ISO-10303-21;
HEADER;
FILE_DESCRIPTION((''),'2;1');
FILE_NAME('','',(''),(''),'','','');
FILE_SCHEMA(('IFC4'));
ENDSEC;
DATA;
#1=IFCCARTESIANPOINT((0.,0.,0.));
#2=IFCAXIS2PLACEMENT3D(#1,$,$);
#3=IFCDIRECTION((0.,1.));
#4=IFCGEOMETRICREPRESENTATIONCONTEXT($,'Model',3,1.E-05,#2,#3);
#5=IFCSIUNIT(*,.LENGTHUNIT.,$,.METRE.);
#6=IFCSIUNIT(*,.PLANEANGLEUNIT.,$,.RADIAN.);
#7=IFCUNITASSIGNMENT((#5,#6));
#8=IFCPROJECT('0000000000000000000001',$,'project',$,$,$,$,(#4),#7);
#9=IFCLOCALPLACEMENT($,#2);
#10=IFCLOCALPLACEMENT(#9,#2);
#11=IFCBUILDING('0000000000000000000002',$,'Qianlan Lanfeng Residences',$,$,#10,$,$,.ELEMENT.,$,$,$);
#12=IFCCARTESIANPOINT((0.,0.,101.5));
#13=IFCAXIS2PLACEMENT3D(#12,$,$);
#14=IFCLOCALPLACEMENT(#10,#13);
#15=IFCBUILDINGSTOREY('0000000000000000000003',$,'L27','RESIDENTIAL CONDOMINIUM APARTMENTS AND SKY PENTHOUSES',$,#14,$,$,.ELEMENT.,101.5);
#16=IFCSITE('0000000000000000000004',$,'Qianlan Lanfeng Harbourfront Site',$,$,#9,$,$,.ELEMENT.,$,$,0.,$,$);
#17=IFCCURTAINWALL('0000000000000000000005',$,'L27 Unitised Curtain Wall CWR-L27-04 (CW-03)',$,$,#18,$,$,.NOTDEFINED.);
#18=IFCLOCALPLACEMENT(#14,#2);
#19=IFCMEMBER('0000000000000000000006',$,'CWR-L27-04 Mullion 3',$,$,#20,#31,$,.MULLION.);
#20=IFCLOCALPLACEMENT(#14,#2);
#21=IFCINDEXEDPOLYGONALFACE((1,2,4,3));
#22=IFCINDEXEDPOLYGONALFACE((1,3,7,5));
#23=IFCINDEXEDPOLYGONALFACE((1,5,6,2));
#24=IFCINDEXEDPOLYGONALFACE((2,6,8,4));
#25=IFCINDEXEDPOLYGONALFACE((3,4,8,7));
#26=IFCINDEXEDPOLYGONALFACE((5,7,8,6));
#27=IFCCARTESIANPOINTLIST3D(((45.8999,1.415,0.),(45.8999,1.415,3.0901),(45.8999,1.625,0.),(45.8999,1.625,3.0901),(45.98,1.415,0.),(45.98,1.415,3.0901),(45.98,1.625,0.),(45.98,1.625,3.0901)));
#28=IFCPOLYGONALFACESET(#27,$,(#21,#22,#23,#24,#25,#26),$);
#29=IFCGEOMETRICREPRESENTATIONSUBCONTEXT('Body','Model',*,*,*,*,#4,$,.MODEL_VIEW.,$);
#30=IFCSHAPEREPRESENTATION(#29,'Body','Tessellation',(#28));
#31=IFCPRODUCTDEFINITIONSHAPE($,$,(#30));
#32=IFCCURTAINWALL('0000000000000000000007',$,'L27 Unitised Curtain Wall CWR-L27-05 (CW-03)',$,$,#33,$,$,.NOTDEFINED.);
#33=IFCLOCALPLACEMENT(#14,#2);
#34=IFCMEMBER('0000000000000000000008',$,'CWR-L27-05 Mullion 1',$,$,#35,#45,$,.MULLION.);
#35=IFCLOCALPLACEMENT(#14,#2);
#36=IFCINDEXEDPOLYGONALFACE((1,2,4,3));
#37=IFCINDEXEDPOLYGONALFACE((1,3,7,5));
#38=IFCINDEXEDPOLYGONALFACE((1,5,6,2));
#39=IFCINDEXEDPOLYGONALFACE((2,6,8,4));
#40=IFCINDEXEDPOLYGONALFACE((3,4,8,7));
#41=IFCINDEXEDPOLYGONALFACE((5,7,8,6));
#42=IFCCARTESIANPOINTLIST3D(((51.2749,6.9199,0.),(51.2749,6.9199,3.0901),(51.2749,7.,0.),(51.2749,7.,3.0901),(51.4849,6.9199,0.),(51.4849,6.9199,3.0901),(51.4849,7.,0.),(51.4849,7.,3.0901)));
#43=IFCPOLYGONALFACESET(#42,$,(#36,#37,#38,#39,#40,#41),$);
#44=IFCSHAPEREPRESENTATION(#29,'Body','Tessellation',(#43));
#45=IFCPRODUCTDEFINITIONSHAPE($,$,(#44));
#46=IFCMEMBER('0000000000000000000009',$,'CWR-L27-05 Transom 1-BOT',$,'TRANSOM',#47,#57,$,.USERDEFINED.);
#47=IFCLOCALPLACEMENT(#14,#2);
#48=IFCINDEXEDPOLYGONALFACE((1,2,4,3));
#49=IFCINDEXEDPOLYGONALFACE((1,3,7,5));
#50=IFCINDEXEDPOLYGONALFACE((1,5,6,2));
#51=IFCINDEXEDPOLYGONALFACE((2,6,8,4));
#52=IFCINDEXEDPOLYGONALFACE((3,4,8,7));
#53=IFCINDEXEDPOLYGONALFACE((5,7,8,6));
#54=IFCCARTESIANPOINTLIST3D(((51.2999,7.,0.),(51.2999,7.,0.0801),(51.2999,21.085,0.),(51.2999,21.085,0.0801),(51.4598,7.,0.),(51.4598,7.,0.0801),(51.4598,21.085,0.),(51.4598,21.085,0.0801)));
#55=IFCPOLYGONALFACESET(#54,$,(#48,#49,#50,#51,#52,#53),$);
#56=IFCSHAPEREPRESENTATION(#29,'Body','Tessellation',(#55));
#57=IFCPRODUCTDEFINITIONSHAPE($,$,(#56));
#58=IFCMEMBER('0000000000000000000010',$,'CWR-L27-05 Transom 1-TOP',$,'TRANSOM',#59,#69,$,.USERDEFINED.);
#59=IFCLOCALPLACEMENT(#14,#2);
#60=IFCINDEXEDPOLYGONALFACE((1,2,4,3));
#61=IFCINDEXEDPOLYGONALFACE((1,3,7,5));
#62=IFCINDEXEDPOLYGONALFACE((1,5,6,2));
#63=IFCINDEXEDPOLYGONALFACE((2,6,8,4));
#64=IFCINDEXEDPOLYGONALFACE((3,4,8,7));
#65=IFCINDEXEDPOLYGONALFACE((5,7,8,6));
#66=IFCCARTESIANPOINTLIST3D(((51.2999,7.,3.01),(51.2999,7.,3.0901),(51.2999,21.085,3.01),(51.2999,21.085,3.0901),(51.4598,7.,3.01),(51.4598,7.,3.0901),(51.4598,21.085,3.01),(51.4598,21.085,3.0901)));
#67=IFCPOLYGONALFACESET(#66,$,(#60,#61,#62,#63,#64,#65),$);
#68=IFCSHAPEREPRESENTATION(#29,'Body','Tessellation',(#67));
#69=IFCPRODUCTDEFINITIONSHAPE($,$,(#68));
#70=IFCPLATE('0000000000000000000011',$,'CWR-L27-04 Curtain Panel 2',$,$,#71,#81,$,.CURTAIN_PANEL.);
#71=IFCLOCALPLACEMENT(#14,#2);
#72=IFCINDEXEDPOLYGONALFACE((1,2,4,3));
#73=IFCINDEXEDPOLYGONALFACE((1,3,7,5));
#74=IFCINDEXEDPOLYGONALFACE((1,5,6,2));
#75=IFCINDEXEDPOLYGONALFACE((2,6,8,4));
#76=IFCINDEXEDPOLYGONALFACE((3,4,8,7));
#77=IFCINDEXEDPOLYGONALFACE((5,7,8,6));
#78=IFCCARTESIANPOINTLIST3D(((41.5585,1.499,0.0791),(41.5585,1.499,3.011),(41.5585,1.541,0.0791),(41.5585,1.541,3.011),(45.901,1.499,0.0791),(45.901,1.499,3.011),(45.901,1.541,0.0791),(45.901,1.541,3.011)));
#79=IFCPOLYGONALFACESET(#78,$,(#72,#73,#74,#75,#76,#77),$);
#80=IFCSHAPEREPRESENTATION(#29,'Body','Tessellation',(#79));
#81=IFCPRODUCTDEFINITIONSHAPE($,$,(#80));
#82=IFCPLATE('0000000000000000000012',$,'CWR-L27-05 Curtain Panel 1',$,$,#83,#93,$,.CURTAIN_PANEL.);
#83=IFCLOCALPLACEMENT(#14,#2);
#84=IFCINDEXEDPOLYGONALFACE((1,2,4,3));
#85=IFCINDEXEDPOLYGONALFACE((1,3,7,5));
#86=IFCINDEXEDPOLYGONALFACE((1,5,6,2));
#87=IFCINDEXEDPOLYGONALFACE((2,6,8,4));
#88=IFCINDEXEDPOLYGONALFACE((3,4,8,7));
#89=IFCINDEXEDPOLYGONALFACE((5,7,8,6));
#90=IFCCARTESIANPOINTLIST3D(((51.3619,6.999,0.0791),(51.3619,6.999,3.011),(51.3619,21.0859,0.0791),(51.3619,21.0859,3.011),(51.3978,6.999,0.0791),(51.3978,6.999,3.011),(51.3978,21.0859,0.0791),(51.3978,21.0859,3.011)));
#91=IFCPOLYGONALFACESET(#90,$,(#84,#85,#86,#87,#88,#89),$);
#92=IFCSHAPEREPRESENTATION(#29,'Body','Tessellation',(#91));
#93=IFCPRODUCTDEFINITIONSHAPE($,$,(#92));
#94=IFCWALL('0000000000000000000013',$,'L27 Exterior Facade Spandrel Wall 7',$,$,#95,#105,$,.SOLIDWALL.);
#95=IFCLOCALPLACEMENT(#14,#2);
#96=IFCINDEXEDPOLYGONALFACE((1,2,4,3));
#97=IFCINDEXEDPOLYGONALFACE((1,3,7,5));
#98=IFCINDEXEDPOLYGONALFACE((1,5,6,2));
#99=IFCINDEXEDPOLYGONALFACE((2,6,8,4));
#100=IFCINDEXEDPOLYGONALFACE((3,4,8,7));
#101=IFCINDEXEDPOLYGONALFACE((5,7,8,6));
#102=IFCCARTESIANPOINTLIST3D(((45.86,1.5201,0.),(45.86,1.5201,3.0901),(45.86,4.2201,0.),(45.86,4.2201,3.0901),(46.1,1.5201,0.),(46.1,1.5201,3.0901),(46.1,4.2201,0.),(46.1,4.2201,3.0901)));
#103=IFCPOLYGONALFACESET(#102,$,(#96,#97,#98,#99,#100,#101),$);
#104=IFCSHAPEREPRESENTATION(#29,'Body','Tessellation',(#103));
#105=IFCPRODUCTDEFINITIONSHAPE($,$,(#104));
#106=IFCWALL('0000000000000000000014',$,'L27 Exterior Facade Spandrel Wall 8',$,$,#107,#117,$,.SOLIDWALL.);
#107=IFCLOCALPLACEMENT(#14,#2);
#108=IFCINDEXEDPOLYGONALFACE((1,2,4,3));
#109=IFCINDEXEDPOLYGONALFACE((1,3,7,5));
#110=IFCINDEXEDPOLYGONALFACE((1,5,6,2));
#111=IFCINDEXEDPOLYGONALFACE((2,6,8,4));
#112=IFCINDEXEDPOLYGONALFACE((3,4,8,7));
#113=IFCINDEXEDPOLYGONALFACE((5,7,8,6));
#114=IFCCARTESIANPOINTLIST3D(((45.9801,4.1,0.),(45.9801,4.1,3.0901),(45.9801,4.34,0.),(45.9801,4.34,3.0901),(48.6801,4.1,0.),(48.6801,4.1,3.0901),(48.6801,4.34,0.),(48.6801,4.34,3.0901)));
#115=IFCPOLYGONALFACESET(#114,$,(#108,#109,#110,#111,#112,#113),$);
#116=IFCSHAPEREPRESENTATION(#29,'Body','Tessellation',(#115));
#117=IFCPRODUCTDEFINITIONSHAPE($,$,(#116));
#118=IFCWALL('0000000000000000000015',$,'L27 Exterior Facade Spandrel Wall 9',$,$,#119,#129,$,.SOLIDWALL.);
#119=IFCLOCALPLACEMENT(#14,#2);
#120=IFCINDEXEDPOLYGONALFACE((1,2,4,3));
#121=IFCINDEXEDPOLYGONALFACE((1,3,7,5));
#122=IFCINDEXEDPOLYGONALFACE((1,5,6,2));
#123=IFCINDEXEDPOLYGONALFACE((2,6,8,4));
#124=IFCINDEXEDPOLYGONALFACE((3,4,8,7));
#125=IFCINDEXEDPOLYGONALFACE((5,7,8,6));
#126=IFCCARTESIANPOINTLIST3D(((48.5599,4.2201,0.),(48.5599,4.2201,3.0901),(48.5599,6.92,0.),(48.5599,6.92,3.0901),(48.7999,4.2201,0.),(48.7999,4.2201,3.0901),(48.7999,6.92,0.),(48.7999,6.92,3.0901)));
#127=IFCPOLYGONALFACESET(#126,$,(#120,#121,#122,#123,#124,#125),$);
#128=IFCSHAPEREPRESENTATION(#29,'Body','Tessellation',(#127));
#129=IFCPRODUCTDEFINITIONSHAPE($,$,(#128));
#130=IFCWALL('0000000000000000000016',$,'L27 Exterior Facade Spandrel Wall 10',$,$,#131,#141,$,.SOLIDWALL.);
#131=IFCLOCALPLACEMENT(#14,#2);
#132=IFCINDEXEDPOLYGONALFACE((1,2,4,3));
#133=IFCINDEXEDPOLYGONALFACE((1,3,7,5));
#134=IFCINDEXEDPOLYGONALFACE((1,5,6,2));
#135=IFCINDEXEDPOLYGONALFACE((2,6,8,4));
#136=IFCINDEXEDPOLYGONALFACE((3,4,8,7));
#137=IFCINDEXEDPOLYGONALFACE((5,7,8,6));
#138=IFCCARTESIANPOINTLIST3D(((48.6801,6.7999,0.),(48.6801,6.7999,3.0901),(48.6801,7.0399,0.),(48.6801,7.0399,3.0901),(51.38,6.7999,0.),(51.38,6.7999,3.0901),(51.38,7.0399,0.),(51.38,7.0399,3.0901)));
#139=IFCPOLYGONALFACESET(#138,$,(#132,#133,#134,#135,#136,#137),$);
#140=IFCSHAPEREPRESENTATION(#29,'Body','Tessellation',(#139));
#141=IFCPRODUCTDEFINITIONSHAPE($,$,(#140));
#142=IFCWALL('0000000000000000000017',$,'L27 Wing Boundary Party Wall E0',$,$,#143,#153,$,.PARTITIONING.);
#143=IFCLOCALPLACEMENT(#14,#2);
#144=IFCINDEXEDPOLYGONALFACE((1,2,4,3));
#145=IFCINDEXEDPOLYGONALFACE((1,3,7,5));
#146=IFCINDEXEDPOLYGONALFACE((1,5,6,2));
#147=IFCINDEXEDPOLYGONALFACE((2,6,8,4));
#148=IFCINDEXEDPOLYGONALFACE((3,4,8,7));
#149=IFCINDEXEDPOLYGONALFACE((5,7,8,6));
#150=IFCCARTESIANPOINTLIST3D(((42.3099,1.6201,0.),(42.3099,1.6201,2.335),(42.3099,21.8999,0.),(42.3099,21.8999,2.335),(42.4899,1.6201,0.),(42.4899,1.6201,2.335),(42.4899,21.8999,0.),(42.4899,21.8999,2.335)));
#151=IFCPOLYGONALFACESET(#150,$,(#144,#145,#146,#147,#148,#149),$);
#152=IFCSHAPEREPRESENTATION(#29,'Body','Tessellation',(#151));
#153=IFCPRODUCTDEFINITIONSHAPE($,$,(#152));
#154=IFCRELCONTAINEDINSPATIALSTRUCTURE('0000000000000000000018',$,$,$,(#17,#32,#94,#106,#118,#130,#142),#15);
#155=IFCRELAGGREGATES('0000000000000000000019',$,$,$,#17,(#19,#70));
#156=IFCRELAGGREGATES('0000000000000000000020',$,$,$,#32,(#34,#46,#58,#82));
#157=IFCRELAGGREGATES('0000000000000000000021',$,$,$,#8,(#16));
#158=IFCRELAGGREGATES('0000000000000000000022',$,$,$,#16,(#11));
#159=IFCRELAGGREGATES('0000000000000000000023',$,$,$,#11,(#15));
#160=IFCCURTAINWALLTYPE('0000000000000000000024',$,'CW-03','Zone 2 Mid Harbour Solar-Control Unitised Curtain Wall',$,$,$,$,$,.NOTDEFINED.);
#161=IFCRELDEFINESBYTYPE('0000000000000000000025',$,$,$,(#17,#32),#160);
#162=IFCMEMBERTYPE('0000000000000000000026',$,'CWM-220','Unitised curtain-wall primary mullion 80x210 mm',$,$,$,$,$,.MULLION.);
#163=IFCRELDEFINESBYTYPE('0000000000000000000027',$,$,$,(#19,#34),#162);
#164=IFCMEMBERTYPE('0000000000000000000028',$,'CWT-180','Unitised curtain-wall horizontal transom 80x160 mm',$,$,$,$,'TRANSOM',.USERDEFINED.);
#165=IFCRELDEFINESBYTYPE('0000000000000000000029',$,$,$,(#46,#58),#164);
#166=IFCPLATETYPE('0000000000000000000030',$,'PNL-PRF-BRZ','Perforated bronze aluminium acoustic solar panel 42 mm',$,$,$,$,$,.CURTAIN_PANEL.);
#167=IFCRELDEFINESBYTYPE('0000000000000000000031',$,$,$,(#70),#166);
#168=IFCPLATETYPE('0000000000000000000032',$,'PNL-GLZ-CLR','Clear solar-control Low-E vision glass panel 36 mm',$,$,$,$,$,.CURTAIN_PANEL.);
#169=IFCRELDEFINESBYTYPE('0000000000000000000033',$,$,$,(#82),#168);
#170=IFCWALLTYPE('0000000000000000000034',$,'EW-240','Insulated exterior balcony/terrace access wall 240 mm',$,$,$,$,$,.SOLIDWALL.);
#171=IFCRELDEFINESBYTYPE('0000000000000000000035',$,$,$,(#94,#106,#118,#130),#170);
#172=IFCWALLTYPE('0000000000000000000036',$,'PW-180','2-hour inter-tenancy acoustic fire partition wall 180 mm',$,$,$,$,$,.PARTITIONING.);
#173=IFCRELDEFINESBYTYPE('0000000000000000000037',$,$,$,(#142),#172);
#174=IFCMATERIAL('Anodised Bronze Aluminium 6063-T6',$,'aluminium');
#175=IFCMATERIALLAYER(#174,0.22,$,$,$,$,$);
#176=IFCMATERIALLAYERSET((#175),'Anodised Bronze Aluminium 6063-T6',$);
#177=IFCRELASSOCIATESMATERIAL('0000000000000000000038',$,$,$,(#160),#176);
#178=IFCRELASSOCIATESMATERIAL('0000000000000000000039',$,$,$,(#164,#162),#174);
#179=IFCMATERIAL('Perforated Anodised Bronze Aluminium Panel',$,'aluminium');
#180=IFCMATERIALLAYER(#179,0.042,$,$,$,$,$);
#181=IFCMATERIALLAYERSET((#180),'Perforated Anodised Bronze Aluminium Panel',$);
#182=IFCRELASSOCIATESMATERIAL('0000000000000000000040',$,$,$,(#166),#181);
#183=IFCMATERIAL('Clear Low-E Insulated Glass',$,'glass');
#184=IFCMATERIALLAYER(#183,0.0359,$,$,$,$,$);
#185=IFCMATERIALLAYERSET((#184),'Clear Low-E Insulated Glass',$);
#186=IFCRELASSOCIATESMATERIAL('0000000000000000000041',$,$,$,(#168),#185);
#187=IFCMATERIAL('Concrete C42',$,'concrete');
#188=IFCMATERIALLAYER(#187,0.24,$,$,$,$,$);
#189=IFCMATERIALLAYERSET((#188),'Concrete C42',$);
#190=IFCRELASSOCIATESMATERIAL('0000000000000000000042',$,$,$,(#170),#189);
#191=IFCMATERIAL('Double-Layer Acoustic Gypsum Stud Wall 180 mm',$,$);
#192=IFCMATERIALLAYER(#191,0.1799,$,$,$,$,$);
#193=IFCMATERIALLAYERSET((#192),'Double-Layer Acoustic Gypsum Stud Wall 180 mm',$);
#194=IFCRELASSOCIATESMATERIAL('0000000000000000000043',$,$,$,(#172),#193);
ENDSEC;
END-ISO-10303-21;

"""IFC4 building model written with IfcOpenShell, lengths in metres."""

from ifc_helpers import new_model, si_unit, direction, frame, frame_2d, origin, origin_2d, place, context, subcontext, project, spatial, rectangle, extrude, source, transform, mapped, material, layer, layer_set, material_profile, profile_set, type_object, element, aggregate, save


model = new_model("IFC4")

# Units and contexts
model_context = context("Model", 3, precision=1e-05, world=origin(), true_north=direction((0.0, 1.0)))
body_context = subcontext(model_context, "Body", "Model", "MODEL_VIEW")
ifc_project = project(units=[si_unit("LENGTHUNIT", "METRE"), si_unit("PLANEANGLEUNIT", "RADIAN")], contexts=[model_context])

# Site, building, storey
site_placement = place(None, origin())
site = spatial("IfcSite", under=ifc_project, at=site_placement, Name="Qianlan Lanfeng Harbourfront Site", CompositionType="ELEMENT", RefElevation=0.0)
building_placement = place(site_placement, origin())
building = spatial("IfcBuilding", under=site, at=building_placement, Name="Qianlan Lanfeng Residences", CompositionType="ELEMENT")
storey_placement = place(building_placement, frame((0.0, 0.0, 101.5)))
storey = spatial("IfcBuildingStorey", under=building, at=storey_placement, Name="L27", Description="RESIDENTIAL CONDOMINIUM APARTMENTS AND SKY PENTHOUSES", CompositionType="ELEMENT", Elevation=101.5)

# Curtain walls, members
ifc_material_1 = material(Name="Anodised Bronze Aluminium 6063-T6", Category="aluminium")
ifc_layer_1 = layer(ifc_material_1, 0.22)
ifc_layer_set_1 = layer_set([ifc_layer_1], Name="Anodised Bronze Aluminium 6063-T6")
curtain_wall_type = type_object("IfcCurtainWallType", Name="CW-03", Description="Zone 2 Mid Harbour Solar-Control Unitised Curtain Wall", PredefinedType="NOTDEFINED", material=ifc_layer_set_1)
curtain_wall_1_placement = place(storey_placement, origin())
curtain_wall_1 = element("IfcCurtainWall", 1, at=curtain_wall_1_placement, inside=storey, type_object=curtain_wall_type, Name="L27 Unitised Curtain Wall CWR-L27-04 (CW-03)", PredefinedType="NOTDEFINED")
ifc_material_profile_1 = material_profile(ifc_material_1, rectangle(XDim=0.0801, YDim=0.1599, at=origin_2d()), Name="ALU TRANSOM 80x160")
ifc_profile_set_1 = profile_set([ifc_material_profile_1], Name="Anodised Bronze Aluminium 6063-T6")
member_type_1 = type_object("IfcMemberType", Name="CWT-180", Description="Unitised curtain-wall horizontal transom 80x160 mm", ElementType="TRANSOM", PredefinedType="USERDEFINED", material=ifc_profile_set_1)
ifc_material_profile_2 = material_profile(ifc_material_1, rectangle(XDim=0.0801, YDim=0.21, at=origin_2d()), Name="ALU MULLION 80x210")
ifc_profile_set_2 = profile_set([ifc_material_profile_2], Name="Anodised Bronze Aluminium 6063-T6")
member_type_2 = type_object("IfcMemberType", Name="CWM-220", Description="Unitised curtain-wall primary mullion 80x210 mm", PredefinedType="MULLION", material=ifc_profile_set_2)
shared_shape_1 = source(origin(), body_context, "Body", "SweptSolid", [
    extrude(rectangle(XDim=0.0801, YDim=0.21, at=origin_2d()), origin(), (0.0, 0.0, 1.0), 3.0901),
])
member_1_placement = place(storey_placement, frame((45.9399, 1.52, 0.0), z_axis=(0.0, 0.0, 1.0), x_axis=(1.0, 0.0, 0.0)))
member_1 = element("IfcMember", 2, at=member_1_placement, type_object=member_type_2, Name="CWR-L27-04 Mullion 3", PredefinedType="MULLION", context=body_context, shape_type="MappedRepresentation", body=[
    mapped(shared_shape_1, transform((0.0, 0.0, 0.0), scale=1.0)),
])
curtain_wall_2_placement = place(storey_placement, origin())
curtain_wall_2 = element("IfcCurtainWall", 3, at=curtain_wall_2_placement, inside=storey, type_object=curtain_wall_type, Name="L27 Unitised Curtain Wall CWR-L27-05 (CW-03)", PredefinedType="NOTDEFINED")
member_2_placement = place(storey_placement, frame((51.3799, 6.96, 0.0), z_axis=(0.0, 0.0, 1.0), x_axis=(0.0, 1.0, 0.0)))
member_2 = element("IfcMember", 4, at=member_2_placement, type_object=member_type_2, Name="CWR-L27-05 Mullion 1", PredefinedType="MULLION", context=body_context, shape_type="MappedRepresentation", body=[
    mapped(shared_shape_1, transform((0.0, 0.0, 0.0), scale=1.0)),
])
shared_shape_2 = source(origin(), body_context, "Body", "SweptSolid", [
    extrude(rectangle(XDim=0.0801, YDim=0.1599, at=origin_2d()), origin(), (0.0, 0.0, 1.0), 14.085),
])
member_3_placement = place(storey_placement, frame((51.3799, 7.0, 0.04), z_axis=(0.0, 1.0, 0.0), x_axis=(0.0, 0.0, 1.0)))
member_3 = element("IfcMember", 5, at=member_3_placement, type_object=member_type_1, Name="CWR-L27-05 Transom 1-BOT", ObjectType="TRANSOM", PredefinedType="USERDEFINED", context=body_context, shape_type="MappedRepresentation", body=[
    mapped(shared_shape_2, transform((0.0, 0.0, 0.0), scale=1.0)),
])
member_4_placement = place(storey_placement, frame((51.3799, 7.0, 3.05), z_axis=(0.0, 1.0, 0.0), x_axis=(0.0, 0.0, 1.0)))
member_4 = element("IfcMember", 6, at=member_4_placement, type_object=member_type_1, Name="CWR-L27-05 Transom 1-TOP", ObjectType="TRANSOM", PredefinedType="USERDEFINED", context=body_context, shape_type="MappedRepresentation", body=[
    mapped(shared_shape_2, transform((0.0, 0.0, 0.0), scale=1.0)),
])

# Plates
ifc_material_2 = material(Name="Perforated Anodised Bronze Aluminium Panel", Category="aluminium")
ifc_layer_2 = layer(ifc_material_2, 0.042)
ifc_layer_set_2 = layer_set([ifc_layer_2], Name="Perforated Anodised Bronze Aluminium Panel")
plate_type_1 = type_object("IfcPlateType", Name="PNL-PRF-BRZ", Description="Perforated bronze aluminium acoustic solar panel 42 mm", PredefinedType="CURTAIN_PANEL", material=ifc_layer_set_2)
shared_shape_3 = source(origin(), body_context, "Body", "SweptSolid", [
    extrude(rectangle(XDim=4.3425, YDim=0.042, at=origin_2d()), origin(), (0.0, 0.0, 1.0), 2.9319),
])
plate_1_placement = place(storey_placement, frame((43.7297, 1.52, 0.0791), z_axis=(0.0, 0.0, 1.0), x_axis=(1.0, 0.0, 0.0)))
plate_1 = element("IfcPlate", 7, at=plate_1_placement, type_object=plate_type_1, Name="CWR-L27-04 Curtain Panel 2", PredefinedType="CURTAIN_PANEL", context=body_context, shape_type="MappedRepresentation", body=[
    mapped(shared_shape_3, transform((0.0, 0.0, 0.0), scale=1.0)),
])
aggregate(curtain_wall_1, [member_1, plate_1])
ifc_material_3 = material(Name="Clear Low-E Insulated Glass", Category="glass")
ifc_layer_3 = layer(ifc_material_3, 0.0359)
ifc_layer_set_3 = layer_set([ifc_layer_3], Name="Clear Low-E Insulated Glass")
plate_type_2 = type_object("IfcPlateType", Name="PNL-GLZ-CLR", Description="Clear solar-control Low-E vision glass panel 36 mm", PredefinedType="CURTAIN_PANEL", material=ifc_layer_set_3)
shared_shape_4 = source(origin(), body_context, "Body", "SweptSolid", [
    extrude(rectangle(XDim=14.0869, YDim=0.0359, at=origin_2d()), origin(), (0.0, 0.0, 1.0), 2.9319),
])
plate_2_placement = place(storey_placement, frame((51.3799, 14.0425, 0.0791), z_axis=(0.0, 0.0, 1.0), x_axis=(0.0, 1.0, 0.0)))
plate_2 = element("IfcPlate", 8, at=plate_2_placement, type_object=plate_type_2, Name="CWR-L27-05 Curtain Panel 1", PredefinedType="CURTAIN_PANEL", context=body_context, shape_type="MappedRepresentation", body=[
    mapped(shared_shape_4, transform((0.0, 0.0, 0.0), scale=1.0)),
])
aggregate(curtain_wall_2, [member_2, member_3, member_4, plate_2])

# Walls
ifc_material_4 = material(Name="Concrete C42", Category="concrete")
ifc_layer_4 = layer(ifc_material_4, 0.24)
ifc_layer_set_4 = layer_set([ifc_layer_4], Name="Concrete C42")
wall_type_1 = type_object("IfcWallType", Name="EW-240", Description="Insulated exterior balcony/terrace access wall 240 mm", PredefinedType="SOLIDWALL", material=ifc_layer_set_4)
for number, where, z_axis, x_axis, name in (
    (9, (45.98, 1.52, 0.0), (0.0, 0.0, 1.0), (0.0, 1.0, 0.0), "L27 Exterior Facade Spandrel Wall 7"),
    (10, (45.98, 4.22, 0.0), (0.0, 0.0, 1.0), (1.0, 0.0, 0.0), "L27 Exterior Facade Spandrel Wall 8"),
    (11, (48.6799, 4.22, 0.0), (0.0, 0.0, 1.0), (0.0, 1.0, 0.0), "L27 Exterior Facade Spandrel Wall 9"),
    (12, (48.6799, 6.9199, 0.0), (0.0, 0.0, 1.0), (1.0, 0.0, 0.0), "L27 Exterior Facade Spandrel Wall 10"),
):
    element("IfcWall", number, at=place(storey_placement, frame(where, z_axis=z_axis, x_axis=x_axis)), inside=storey, type_object=wall_type_1, Name=name, PredefinedType="SOLIDWALL", context=body_context, shape_type="SweptSolid", body=[
        extrude(rectangle(XDim=2.7, YDim=0.24, at=frame_2d((1.3501, 0.0))), origin(), (0.0, 0.0, 1.0), 3.0901),
    ])
ifc_material_5 = material(Name="Double-Layer Acoustic Gypsum Stud Wall 180 mm")
ifc_layer_5 = layer(ifc_material_5, 0.1799)
ifc_layer_set_5 = layer_set([ifc_layer_5], Name="Double-Layer Acoustic Gypsum Stud Wall 180 mm")
wall_type_2 = type_object("IfcWallType", Name="PW-180", Description="2-hour inter-tenancy acoustic fire partition wall 180 mm", PredefinedType="PARTITIONING", material=ifc_layer_set_5)
wall_placement = place(storey_placement, frame((42.3999, 1.6201, 0.0), z_axis=(0.0, 0.0, 1.0), x_axis=(0.0, 1.0, 0.0)))
element("IfcWall", 13, at=wall_placement, inside=storey, type_object=wall_type_2, Name="L27 Wing Boundary Party Wall E0", PredefinedType="PARTITIONING", context=body_context, shape_type="SweptSolid", body=[
    extrude(rectangle(XDim=20.2798, YDim=0.1799, at=frame_2d((10.1399, 0.0))), origin(), (0.0, 0.0, 1.0), 2.335),
])

save(model, "model.ifc")
